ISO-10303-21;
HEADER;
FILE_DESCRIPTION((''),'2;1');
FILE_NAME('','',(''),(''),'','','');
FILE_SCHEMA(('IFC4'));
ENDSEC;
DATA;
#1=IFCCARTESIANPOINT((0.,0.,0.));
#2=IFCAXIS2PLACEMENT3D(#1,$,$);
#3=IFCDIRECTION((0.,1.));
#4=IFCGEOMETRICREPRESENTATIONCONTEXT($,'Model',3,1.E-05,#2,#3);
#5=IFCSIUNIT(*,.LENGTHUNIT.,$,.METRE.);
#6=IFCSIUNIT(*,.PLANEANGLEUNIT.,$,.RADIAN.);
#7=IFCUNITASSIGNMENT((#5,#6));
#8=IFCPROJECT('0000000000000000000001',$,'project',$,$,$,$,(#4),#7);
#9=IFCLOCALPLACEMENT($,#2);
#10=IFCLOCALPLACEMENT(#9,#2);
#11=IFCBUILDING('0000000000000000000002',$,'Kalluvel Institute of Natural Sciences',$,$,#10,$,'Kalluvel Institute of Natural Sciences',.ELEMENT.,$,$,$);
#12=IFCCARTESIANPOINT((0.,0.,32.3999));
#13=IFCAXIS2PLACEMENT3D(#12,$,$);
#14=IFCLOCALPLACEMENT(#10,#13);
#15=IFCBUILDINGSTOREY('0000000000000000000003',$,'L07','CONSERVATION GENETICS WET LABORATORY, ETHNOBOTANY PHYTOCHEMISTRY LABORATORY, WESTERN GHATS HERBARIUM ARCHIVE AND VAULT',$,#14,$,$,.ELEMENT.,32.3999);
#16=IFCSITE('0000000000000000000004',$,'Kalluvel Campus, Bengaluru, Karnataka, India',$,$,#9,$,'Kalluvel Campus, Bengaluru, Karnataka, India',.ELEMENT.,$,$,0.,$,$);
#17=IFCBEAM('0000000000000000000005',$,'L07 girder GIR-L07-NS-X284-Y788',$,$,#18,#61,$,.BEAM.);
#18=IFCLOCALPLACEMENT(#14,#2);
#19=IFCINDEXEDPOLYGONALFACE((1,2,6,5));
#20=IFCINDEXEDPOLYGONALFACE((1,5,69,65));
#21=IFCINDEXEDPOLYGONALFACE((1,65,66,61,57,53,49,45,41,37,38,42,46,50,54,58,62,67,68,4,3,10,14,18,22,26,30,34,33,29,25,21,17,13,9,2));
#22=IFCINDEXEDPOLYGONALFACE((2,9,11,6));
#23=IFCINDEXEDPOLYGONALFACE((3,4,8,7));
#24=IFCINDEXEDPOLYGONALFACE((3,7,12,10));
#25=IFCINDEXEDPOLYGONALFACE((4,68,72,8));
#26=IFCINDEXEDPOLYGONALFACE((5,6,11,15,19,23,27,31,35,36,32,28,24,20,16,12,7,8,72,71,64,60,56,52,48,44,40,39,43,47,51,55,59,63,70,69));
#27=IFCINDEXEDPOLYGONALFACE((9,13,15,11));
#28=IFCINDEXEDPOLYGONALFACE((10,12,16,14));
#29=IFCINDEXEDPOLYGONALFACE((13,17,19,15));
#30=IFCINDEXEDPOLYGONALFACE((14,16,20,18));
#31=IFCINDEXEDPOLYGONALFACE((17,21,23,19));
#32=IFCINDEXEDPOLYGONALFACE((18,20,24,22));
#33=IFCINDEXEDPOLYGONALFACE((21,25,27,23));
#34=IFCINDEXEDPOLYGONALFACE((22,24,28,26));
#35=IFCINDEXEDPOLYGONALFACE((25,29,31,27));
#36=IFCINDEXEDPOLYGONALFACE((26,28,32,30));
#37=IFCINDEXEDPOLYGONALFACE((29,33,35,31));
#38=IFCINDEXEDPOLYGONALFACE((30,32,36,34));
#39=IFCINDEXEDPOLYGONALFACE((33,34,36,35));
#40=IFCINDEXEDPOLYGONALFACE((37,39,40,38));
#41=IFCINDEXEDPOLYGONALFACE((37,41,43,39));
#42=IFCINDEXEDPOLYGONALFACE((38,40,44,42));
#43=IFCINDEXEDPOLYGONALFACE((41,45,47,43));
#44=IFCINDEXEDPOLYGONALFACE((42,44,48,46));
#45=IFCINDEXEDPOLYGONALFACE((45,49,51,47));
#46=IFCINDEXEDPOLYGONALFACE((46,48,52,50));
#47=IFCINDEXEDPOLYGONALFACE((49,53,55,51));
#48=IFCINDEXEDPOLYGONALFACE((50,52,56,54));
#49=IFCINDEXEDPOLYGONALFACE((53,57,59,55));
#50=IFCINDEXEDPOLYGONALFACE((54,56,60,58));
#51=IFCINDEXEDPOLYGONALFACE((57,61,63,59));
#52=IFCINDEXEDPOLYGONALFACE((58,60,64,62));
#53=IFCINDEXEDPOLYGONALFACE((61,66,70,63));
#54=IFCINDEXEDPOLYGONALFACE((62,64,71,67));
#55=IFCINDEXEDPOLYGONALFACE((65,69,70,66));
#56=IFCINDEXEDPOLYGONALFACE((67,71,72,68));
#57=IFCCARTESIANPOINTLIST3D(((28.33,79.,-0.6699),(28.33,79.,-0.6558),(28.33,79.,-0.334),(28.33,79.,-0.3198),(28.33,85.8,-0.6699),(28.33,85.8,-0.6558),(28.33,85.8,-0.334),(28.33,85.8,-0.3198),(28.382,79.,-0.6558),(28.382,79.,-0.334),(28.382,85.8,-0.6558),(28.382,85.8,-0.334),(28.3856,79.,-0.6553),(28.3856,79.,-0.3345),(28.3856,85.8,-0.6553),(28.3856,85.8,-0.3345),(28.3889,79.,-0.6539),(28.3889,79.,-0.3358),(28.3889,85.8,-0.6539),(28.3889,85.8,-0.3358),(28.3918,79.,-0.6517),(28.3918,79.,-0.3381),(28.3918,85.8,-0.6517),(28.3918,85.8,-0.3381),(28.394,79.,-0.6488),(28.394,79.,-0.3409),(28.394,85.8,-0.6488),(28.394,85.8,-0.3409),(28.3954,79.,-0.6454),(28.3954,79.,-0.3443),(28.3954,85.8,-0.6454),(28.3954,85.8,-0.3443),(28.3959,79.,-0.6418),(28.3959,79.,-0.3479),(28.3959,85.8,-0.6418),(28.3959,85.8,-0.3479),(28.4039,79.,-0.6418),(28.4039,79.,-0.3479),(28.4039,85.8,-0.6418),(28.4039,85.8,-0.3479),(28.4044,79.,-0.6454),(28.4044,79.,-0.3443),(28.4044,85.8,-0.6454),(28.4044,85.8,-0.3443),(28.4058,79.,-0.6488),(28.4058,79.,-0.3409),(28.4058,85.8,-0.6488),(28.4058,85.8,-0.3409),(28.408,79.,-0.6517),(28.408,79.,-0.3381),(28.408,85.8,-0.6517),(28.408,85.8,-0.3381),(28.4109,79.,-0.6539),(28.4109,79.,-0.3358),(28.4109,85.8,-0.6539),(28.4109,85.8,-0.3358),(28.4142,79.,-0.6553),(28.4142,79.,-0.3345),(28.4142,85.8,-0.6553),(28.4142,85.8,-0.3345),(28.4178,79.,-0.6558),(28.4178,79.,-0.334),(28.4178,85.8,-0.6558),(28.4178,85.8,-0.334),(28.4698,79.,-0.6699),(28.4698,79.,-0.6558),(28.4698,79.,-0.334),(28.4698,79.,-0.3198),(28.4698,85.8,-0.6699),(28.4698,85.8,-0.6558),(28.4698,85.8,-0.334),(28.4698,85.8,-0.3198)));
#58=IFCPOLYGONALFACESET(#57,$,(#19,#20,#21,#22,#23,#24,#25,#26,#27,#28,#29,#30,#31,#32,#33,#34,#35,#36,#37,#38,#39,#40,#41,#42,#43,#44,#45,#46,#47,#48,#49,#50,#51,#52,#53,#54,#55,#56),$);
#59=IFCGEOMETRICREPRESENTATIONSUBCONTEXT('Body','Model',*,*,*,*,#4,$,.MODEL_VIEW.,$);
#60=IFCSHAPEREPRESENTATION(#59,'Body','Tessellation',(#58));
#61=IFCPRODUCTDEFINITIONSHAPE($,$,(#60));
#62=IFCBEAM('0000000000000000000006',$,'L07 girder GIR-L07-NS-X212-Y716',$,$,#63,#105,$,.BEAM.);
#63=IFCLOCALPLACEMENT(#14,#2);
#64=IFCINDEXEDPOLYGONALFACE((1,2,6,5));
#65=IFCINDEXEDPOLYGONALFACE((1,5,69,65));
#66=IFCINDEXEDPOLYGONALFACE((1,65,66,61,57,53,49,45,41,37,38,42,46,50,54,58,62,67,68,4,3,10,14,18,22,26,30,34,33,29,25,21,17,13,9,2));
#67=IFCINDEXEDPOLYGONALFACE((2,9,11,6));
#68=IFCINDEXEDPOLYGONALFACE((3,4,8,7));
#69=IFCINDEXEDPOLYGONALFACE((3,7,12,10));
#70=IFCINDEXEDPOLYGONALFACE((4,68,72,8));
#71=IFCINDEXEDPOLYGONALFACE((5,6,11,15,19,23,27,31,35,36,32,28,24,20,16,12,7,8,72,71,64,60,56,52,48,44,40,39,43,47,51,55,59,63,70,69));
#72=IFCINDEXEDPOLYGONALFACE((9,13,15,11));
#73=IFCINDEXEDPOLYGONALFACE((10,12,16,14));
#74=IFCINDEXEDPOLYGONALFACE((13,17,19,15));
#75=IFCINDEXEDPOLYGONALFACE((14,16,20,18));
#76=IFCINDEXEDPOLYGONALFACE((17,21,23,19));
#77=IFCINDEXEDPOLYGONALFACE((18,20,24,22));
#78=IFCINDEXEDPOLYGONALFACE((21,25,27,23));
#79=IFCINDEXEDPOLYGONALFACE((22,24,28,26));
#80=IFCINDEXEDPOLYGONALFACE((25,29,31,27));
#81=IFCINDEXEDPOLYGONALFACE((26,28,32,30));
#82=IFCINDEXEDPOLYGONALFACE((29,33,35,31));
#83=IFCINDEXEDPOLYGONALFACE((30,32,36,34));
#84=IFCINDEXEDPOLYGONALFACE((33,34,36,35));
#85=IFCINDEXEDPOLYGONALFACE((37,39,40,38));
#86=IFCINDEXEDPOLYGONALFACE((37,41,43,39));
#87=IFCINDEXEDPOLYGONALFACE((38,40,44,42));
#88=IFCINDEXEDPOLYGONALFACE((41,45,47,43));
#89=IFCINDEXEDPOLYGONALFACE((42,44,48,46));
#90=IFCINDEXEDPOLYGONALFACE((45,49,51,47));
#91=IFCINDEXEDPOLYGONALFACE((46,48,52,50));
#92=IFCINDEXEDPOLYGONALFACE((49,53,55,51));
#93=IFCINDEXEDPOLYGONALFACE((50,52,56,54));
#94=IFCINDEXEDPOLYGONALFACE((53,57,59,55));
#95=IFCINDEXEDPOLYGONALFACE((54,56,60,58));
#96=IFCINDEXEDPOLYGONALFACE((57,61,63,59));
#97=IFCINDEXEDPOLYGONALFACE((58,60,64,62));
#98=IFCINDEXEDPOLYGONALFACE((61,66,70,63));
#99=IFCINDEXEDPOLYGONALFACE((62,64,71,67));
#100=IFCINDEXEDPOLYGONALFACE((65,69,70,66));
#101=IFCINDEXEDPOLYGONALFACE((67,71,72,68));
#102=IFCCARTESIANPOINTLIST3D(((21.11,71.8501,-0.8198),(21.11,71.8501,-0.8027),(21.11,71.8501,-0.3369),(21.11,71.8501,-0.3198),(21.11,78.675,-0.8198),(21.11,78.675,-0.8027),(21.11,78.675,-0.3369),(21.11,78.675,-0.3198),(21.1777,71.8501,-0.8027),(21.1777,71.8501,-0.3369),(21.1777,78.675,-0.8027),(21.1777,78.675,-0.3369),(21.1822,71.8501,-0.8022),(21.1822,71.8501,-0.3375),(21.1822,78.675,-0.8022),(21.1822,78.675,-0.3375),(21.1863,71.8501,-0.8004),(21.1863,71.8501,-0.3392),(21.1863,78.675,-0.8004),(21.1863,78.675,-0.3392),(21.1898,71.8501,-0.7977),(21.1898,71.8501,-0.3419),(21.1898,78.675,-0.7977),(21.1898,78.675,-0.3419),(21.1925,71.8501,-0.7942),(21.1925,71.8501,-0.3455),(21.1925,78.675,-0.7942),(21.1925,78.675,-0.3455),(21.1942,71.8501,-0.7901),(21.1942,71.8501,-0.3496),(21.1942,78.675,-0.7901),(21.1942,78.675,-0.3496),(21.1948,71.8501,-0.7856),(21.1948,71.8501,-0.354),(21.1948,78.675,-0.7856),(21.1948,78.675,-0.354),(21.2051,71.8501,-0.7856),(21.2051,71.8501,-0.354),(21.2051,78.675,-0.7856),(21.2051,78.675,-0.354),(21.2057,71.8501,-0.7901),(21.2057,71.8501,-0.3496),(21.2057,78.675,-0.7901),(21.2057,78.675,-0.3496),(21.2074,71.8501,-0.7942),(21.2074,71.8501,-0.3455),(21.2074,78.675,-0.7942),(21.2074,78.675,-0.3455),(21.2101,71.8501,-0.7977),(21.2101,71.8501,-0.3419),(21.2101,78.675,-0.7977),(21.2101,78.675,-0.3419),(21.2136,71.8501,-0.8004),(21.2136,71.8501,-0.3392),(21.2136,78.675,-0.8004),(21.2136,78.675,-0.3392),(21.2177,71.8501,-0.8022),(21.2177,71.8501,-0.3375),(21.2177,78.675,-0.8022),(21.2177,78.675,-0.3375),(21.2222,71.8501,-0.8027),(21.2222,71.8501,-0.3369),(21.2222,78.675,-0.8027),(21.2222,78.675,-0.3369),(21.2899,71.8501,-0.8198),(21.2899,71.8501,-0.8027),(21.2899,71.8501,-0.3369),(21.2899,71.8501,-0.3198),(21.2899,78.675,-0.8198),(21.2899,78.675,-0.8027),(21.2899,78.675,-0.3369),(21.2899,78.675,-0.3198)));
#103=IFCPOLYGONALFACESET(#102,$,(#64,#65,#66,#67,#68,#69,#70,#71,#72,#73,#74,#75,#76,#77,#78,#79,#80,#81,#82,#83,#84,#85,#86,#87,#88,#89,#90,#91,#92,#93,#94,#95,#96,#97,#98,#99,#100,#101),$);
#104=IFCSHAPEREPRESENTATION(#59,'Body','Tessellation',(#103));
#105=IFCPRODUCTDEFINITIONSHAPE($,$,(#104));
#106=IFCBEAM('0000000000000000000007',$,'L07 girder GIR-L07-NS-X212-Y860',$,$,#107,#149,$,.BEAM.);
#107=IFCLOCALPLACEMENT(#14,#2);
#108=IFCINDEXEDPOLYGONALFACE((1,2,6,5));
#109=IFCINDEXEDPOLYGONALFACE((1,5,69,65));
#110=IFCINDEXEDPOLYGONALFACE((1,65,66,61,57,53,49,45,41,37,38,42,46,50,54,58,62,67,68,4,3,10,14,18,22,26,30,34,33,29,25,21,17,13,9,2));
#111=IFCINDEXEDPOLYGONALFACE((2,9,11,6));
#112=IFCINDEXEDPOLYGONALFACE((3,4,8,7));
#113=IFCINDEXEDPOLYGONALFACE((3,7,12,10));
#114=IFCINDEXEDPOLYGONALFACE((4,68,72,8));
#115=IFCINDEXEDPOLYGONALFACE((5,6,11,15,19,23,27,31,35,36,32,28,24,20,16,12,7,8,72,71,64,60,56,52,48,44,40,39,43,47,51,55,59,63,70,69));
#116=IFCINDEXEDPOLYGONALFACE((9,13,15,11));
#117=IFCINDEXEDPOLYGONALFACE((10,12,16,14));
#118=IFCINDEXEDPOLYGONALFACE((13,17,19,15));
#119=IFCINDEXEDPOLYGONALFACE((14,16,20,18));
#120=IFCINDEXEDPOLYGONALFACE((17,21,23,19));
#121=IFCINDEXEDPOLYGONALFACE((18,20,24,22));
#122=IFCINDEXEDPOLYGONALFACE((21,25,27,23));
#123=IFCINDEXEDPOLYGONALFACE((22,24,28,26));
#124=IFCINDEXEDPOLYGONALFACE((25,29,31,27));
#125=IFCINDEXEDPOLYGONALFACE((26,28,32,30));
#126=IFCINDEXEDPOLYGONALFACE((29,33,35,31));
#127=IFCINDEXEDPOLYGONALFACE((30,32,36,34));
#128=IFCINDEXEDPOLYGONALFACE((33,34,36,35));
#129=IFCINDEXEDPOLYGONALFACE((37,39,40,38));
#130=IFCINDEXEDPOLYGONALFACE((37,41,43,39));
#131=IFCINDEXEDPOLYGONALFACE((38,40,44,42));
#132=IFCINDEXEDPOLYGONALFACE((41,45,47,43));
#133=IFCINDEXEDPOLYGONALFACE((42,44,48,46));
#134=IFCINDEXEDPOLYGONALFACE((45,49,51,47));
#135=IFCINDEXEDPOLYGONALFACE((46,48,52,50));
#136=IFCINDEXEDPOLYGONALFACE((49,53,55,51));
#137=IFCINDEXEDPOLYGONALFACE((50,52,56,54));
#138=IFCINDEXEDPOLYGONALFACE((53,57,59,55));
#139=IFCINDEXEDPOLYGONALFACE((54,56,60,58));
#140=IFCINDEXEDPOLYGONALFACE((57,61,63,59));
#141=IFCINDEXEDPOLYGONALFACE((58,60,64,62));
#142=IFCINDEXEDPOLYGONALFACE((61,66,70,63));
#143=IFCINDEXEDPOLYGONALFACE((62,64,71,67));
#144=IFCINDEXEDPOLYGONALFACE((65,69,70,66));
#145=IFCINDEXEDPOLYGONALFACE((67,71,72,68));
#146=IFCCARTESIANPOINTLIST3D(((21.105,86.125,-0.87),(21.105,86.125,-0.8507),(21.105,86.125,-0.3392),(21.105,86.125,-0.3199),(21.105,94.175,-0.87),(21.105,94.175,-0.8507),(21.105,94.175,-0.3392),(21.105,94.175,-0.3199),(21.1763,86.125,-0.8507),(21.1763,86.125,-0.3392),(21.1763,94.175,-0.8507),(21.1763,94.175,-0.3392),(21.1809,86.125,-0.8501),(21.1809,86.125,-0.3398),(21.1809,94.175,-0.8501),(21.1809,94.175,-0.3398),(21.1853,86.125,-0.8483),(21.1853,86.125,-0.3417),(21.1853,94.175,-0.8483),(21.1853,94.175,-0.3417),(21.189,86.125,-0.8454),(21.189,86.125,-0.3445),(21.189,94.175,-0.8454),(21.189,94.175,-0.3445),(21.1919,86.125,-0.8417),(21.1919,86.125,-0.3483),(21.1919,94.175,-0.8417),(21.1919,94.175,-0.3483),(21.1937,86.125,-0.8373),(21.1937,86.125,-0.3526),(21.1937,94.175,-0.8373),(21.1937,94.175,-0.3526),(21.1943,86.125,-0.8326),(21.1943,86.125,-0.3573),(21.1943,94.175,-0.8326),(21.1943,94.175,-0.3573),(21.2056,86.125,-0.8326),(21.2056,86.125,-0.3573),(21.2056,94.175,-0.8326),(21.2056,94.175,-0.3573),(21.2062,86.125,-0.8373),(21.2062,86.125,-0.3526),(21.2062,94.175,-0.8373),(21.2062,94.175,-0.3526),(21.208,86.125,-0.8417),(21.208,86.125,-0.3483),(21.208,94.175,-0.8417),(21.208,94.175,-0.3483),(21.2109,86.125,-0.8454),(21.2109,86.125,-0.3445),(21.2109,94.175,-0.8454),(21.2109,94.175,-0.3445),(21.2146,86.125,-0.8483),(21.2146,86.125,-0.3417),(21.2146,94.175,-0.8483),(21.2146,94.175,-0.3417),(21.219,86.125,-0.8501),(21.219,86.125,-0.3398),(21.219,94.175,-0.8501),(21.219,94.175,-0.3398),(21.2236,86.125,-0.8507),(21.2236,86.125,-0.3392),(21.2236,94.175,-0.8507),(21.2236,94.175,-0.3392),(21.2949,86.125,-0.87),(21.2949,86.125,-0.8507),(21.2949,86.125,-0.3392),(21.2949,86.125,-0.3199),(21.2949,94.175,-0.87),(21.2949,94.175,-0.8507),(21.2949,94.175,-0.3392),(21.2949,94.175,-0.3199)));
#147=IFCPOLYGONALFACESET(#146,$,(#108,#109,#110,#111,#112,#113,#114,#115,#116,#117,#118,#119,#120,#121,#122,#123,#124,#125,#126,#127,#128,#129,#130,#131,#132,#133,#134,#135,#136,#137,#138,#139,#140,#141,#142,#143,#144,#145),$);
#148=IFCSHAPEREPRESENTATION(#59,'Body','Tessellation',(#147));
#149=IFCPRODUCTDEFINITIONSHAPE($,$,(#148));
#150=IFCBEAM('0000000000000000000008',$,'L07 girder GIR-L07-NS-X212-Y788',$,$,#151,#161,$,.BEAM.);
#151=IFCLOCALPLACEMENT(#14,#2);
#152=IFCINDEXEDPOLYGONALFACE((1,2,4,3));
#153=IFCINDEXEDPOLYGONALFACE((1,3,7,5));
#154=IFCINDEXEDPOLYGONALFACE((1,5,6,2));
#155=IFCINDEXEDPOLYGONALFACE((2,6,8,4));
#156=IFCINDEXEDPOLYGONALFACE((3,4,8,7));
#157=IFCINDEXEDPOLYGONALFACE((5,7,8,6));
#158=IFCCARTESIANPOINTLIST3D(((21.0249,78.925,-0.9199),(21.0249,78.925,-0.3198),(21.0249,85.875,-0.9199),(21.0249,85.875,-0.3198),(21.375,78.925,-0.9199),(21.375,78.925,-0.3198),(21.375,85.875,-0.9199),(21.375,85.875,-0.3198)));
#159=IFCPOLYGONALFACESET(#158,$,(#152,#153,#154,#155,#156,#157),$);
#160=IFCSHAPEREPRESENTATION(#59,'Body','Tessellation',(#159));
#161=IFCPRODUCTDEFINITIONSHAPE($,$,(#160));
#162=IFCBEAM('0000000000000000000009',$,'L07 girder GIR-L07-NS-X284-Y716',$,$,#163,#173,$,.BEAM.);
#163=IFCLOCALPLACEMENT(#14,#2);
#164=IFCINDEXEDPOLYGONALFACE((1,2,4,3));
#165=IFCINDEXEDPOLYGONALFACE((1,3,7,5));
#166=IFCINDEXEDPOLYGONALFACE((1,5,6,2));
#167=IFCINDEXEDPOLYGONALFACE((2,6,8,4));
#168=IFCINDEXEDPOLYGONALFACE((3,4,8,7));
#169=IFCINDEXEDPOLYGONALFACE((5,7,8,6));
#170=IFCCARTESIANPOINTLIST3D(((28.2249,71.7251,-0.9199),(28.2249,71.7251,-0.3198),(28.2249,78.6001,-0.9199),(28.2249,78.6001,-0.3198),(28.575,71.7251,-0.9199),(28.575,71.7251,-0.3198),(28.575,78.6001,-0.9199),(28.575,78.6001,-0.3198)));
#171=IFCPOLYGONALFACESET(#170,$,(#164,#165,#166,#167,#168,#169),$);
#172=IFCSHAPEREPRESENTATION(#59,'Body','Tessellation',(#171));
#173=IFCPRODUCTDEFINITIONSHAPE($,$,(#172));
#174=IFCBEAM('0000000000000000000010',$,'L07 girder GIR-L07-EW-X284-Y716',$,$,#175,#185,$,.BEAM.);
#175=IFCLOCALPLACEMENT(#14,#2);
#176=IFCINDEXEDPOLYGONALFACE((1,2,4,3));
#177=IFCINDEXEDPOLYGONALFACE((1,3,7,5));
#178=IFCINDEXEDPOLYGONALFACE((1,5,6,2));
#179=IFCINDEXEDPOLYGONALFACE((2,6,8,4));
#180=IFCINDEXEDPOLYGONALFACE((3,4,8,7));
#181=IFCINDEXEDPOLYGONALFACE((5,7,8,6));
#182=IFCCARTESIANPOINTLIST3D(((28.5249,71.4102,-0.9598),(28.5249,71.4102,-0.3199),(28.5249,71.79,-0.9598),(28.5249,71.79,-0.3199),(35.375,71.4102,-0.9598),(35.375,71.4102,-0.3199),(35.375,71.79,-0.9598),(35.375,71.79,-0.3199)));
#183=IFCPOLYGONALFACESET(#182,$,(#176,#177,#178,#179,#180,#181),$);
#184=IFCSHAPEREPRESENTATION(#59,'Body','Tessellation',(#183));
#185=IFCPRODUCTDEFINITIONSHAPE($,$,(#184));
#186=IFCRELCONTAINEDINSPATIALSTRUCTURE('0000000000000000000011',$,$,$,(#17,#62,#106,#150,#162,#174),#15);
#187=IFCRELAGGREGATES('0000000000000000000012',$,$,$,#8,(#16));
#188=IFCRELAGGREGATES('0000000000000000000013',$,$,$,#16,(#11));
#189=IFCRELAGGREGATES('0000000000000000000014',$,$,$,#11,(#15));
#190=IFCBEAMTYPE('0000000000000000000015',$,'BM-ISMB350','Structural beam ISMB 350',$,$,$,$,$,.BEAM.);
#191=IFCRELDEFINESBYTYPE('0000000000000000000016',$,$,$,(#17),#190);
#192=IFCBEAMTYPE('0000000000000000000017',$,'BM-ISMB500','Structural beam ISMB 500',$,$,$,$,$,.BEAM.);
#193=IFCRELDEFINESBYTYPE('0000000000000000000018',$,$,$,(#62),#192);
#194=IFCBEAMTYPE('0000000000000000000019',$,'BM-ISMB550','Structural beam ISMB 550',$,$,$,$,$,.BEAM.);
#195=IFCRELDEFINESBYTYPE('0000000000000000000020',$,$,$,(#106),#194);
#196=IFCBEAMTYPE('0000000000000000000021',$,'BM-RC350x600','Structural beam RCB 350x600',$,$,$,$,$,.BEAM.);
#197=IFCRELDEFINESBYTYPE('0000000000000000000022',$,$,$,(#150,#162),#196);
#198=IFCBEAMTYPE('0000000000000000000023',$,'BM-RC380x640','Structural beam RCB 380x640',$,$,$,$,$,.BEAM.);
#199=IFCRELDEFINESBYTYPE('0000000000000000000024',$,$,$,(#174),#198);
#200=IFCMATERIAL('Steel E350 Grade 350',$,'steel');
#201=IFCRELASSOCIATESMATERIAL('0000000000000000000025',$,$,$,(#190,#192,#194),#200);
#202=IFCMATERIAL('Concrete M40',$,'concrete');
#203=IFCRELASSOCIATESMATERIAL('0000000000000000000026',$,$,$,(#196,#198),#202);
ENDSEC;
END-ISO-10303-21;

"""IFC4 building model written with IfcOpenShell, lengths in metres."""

from ifc_helpers import new_model, si_unit, direction, frame, origin, origin_2d, place, context, subcontext, project, spatial, rectangle, i_section, extrude, material, material_profile, profile_set, type_object, element, save


model = new_model("IFC4")

# Units and contexts
model_context = context("Model", 3, precision=1e-05, world=origin(), true_north=direction((0.0, 1.0)))
body_context = subcontext(model_context, "Body", "Model", "MODEL_VIEW")
ifc_project = project(units=[si_unit("LENGTHUNIT", "METRE"), si_unit("PLANEANGLEUNIT", "RADIAN")], contexts=[model_context])

# Site, building, storey
site_placement = place(None, origin())
site = spatial("IfcSite", under=ifc_project, at=site_placement, Name="Kalluvel Campus, Bengaluru, Karnataka, India", LongName="Kalluvel Campus, Bengaluru, Karnataka, India", CompositionType="ELEMENT", RefElevation=0.0)
building_placement = place(site_placement, origin())
building = spatial("IfcBuilding", under=site, at=building_placement, Name="Kalluvel Institute of Natural Sciences", LongName="Kalluvel Institute of Natural Sciences", CompositionType="ELEMENT")
storey_placement = place(building_placement, frame((0.0, 0.0, 32.3999)))
storey = spatial("IfcBuildingStorey", under=building, at=storey_placement, Name="L07", Description="CONSERVATION GENETICS WET LABORATORY, ETHNOBOTANY PHYTOCHEMISTRY LABORATORY, WESTERN GHATS HERBARIUM ARCHIVE AND VAULT", CompositionType="ELEMENT", Elevation=32.3999)

# Beams
ifc_material_1 = material(Name="Steel E350 Grade 350", Category="steel")
ifc_material_profile_1 = material_profile(ifc_material_1, i_section(OverallWidth=0.1399, OverallDepth=0.3501, WebThickness=0.0081, FlangeThickness=0.0142, FilletRadius=0.0139, at=origin_2d()), Name="ISMB 350")
ifc_profile_set_1 = profile_set([ifc_material_profile_1], Name="Steel E350 Grade 350")
beam_type_1 = type_object("IfcBeamType", Name="BM-ISMB350", Description="Structural beam ISMB 350", PredefinedType="BEAM", material=ifc_profile_set_1)
beam_1_placement = place(storey_placement, frame((28.3999, 79.0, -0.4949), z_axis=(0.0, 1.0, 0.0), x_axis=(-1.0, 0.0, 0.0)))
element("IfcBeam", 1, at=beam_1_placement, inside=storey, type_object=beam_type_1, Name="L07 girder GIR-L07-NS-X284-Y788", PredefinedType="BEAM", context=body_context, shape_type="SweptSolid", body=[
    extrude(i_section(OverallWidth=0.1399, OverallDepth=0.3501, WebThickness=0.0081, FlangeThickness=0.0142, FilletRadius=0.0139, at=origin_2d()), origin(), (0.0, 0.0, 1.0), 6.8),
])
ifc_material_profile_2 = material_profile(ifc_material_1, i_section(OverallWidth=0.1799, OverallDepth=0.5, WebThickness=0.0103, FlangeThickness=0.0171, FilletRadius=0.0171, at=origin_2d()), Name="ISMB 500")
ifc_profile_set_2 = profile_set([ifc_material_profile_2], Name="Steel E350 Grade 350")
beam_type_2 = type_object("IfcBeamType", Name="BM-ISMB500", Description="Structural beam ISMB 500", PredefinedType="BEAM", material=ifc_profile_set_2)
beam_2_placement = place(storey_placement, frame((21.2, 71.8501, -0.5698), z_axis=(0.0, 1.0, 0.0), x_axis=(-1.0, 0.0, 0.0)))
element("IfcBeam", 2, at=beam_2_placement, inside=storey, type_object=beam_type_2, Name="L07 girder GIR-L07-NS-X212-Y716", PredefinedType="BEAM", context=body_context, shape_type="SweptSolid", body=[
    extrude(i_section(OverallWidth=0.1799, OverallDepth=0.5, WebThickness=0.0103, FlangeThickness=0.0171, FilletRadius=0.0171, at=origin_2d()), origin(), (0.0, 0.0, 1.0), 6.825),
])
ifc_material_profile_3 = material_profile(ifc_material_1, i_section(OverallWidth=0.1899, OverallDepth=0.55, WebThickness=0.0112, FlangeThickness=0.0193, FilletRadius=0.0181, at=origin_2d()), Name="ISMB 550")
ifc_profile_set_3 = profile_set([ifc_material_profile_3], Name="Steel E350 Grade 350")
beam_type_3 = type_object("IfcBeamType", Name="BM-ISMB550", Description="Structural beam ISMB 550", PredefinedType="BEAM", material=ifc_profile_set_3)
beam_3_placement = place(storey_placement, frame((21.2, 86.125, -0.595), z_axis=(0.0, 1.0, 0.0), x_axis=(-1.0, 0.0, 0.0)))
element("IfcBeam", 3, at=beam_3_placement, inside=storey, type_object=beam_type_3, Name="L07 girder GIR-L07-NS-X212-Y860", PredefinedType="BEAM", context=body_context, shape_type="SweptSolid", body=[
    extrude(i_section(OverallWidth=0.1899, OverallDepth=0.55, WebThickness=0.0112, FlangeThickness=0.0193, FilletRadius=0.0181, at=origin_2d()), origin(), (0.0, 0.0, 1.0), 8.05),
])
ifc_material_2 = material(Name="Concrete M40", Category="concrete")
ifc_material_profile_4 = material_profile(ifc_material_2, rectangle(XDim=0.3501, YDim=0.6001, at=origin_2d()), Name="RCB 350x600")
ifc_profile_set_4 = profile_set([ifc_material_profile_4], Name="Concrete M40")
beam_type_4 = type_object("IfcBeamType", Name="BM-RC350x600", Description="Structural beam RCB 350x600", PredefinedType="BEAM", material=ifc_profile_set_4)
beam_4_placement = place(storey_placement, frame((21.2, 78.925, -0.6199), z_axis=(0.0, 1.0, 0.0), x_axis=(-1.0, 0.0, 0.0)))
element("IfcBeam", 4, at=beam_4_placement, inside=storey, type_object=beam_type_4, Name="L07 girder GIR-L07-NS-X212-Y788", PredefinedType="BEAM", context=body_context, shape_type="SweptSolid", body=[
    extrude(rectangle(XDim=0.3501, YDim=0.6001, at=origin_2d()), origin(), (0.0, 0.0, 1.0), 6.95),
])
beam_5_placement = place(storey_placement, frame((28.3999, 71.7251, -0.6199), z_axis=(0.0, 1.0, 0.0), x_axis=(-1.0, 0.0, 0.0)))
element("IfcBeam", 5, at=beam_5_placement, inside=storey, type_object=beam_type_4, Name="L07 girder GIR-L07-NS-X284-Y716", PredefinedType="BEAM", context=body_context, shape_type="SweptSolid", body=[
    extrude(rectangle(XDim=0.3501, YDim=0.6001, at=origin_2d()), origin(), (0.0, 0.0, 1.0), 6.875),
])
ifc_material_profile_5 = material_profile(ifc_material_2, rectangle(XDim=0.3799, YDim=0.6399, at=origin_2d()), Name="RCB 380x640")
ifc_profile_set_5 = profile_set([ifc_material_profile_5], Name="Concrete M40")
beam_type_5 = type_object("IfcBeamType", Name="BM-RC380x640", Description="Structural beam RCB 380x640", PredefinedType="BEAM", material=ifc_profile_set_5)
beam_6_placement = place(storey_placement, frame((28.5249, 71.6001, -0.6399), z_axis=(1.0, 0.0, 0.0), x_axis=(0.0, 1.0, 0.0)))
element("IfcBeam", 6, at=beam_6_placement, inside=storey, type_object=beam_type_5, Name="L07 girder GIR-L07-EW-X284-Y716", PredefinedType="BEAM", context=body_context, shape_type="SweptSolid", body=[
    extrude(rectangle(XDim=0.3799, YDim=0.6399, at=origin_2d()), origin(), (0.0, 0.0, 1.0), 6.8501),
])

save(model, "model.ifc")
